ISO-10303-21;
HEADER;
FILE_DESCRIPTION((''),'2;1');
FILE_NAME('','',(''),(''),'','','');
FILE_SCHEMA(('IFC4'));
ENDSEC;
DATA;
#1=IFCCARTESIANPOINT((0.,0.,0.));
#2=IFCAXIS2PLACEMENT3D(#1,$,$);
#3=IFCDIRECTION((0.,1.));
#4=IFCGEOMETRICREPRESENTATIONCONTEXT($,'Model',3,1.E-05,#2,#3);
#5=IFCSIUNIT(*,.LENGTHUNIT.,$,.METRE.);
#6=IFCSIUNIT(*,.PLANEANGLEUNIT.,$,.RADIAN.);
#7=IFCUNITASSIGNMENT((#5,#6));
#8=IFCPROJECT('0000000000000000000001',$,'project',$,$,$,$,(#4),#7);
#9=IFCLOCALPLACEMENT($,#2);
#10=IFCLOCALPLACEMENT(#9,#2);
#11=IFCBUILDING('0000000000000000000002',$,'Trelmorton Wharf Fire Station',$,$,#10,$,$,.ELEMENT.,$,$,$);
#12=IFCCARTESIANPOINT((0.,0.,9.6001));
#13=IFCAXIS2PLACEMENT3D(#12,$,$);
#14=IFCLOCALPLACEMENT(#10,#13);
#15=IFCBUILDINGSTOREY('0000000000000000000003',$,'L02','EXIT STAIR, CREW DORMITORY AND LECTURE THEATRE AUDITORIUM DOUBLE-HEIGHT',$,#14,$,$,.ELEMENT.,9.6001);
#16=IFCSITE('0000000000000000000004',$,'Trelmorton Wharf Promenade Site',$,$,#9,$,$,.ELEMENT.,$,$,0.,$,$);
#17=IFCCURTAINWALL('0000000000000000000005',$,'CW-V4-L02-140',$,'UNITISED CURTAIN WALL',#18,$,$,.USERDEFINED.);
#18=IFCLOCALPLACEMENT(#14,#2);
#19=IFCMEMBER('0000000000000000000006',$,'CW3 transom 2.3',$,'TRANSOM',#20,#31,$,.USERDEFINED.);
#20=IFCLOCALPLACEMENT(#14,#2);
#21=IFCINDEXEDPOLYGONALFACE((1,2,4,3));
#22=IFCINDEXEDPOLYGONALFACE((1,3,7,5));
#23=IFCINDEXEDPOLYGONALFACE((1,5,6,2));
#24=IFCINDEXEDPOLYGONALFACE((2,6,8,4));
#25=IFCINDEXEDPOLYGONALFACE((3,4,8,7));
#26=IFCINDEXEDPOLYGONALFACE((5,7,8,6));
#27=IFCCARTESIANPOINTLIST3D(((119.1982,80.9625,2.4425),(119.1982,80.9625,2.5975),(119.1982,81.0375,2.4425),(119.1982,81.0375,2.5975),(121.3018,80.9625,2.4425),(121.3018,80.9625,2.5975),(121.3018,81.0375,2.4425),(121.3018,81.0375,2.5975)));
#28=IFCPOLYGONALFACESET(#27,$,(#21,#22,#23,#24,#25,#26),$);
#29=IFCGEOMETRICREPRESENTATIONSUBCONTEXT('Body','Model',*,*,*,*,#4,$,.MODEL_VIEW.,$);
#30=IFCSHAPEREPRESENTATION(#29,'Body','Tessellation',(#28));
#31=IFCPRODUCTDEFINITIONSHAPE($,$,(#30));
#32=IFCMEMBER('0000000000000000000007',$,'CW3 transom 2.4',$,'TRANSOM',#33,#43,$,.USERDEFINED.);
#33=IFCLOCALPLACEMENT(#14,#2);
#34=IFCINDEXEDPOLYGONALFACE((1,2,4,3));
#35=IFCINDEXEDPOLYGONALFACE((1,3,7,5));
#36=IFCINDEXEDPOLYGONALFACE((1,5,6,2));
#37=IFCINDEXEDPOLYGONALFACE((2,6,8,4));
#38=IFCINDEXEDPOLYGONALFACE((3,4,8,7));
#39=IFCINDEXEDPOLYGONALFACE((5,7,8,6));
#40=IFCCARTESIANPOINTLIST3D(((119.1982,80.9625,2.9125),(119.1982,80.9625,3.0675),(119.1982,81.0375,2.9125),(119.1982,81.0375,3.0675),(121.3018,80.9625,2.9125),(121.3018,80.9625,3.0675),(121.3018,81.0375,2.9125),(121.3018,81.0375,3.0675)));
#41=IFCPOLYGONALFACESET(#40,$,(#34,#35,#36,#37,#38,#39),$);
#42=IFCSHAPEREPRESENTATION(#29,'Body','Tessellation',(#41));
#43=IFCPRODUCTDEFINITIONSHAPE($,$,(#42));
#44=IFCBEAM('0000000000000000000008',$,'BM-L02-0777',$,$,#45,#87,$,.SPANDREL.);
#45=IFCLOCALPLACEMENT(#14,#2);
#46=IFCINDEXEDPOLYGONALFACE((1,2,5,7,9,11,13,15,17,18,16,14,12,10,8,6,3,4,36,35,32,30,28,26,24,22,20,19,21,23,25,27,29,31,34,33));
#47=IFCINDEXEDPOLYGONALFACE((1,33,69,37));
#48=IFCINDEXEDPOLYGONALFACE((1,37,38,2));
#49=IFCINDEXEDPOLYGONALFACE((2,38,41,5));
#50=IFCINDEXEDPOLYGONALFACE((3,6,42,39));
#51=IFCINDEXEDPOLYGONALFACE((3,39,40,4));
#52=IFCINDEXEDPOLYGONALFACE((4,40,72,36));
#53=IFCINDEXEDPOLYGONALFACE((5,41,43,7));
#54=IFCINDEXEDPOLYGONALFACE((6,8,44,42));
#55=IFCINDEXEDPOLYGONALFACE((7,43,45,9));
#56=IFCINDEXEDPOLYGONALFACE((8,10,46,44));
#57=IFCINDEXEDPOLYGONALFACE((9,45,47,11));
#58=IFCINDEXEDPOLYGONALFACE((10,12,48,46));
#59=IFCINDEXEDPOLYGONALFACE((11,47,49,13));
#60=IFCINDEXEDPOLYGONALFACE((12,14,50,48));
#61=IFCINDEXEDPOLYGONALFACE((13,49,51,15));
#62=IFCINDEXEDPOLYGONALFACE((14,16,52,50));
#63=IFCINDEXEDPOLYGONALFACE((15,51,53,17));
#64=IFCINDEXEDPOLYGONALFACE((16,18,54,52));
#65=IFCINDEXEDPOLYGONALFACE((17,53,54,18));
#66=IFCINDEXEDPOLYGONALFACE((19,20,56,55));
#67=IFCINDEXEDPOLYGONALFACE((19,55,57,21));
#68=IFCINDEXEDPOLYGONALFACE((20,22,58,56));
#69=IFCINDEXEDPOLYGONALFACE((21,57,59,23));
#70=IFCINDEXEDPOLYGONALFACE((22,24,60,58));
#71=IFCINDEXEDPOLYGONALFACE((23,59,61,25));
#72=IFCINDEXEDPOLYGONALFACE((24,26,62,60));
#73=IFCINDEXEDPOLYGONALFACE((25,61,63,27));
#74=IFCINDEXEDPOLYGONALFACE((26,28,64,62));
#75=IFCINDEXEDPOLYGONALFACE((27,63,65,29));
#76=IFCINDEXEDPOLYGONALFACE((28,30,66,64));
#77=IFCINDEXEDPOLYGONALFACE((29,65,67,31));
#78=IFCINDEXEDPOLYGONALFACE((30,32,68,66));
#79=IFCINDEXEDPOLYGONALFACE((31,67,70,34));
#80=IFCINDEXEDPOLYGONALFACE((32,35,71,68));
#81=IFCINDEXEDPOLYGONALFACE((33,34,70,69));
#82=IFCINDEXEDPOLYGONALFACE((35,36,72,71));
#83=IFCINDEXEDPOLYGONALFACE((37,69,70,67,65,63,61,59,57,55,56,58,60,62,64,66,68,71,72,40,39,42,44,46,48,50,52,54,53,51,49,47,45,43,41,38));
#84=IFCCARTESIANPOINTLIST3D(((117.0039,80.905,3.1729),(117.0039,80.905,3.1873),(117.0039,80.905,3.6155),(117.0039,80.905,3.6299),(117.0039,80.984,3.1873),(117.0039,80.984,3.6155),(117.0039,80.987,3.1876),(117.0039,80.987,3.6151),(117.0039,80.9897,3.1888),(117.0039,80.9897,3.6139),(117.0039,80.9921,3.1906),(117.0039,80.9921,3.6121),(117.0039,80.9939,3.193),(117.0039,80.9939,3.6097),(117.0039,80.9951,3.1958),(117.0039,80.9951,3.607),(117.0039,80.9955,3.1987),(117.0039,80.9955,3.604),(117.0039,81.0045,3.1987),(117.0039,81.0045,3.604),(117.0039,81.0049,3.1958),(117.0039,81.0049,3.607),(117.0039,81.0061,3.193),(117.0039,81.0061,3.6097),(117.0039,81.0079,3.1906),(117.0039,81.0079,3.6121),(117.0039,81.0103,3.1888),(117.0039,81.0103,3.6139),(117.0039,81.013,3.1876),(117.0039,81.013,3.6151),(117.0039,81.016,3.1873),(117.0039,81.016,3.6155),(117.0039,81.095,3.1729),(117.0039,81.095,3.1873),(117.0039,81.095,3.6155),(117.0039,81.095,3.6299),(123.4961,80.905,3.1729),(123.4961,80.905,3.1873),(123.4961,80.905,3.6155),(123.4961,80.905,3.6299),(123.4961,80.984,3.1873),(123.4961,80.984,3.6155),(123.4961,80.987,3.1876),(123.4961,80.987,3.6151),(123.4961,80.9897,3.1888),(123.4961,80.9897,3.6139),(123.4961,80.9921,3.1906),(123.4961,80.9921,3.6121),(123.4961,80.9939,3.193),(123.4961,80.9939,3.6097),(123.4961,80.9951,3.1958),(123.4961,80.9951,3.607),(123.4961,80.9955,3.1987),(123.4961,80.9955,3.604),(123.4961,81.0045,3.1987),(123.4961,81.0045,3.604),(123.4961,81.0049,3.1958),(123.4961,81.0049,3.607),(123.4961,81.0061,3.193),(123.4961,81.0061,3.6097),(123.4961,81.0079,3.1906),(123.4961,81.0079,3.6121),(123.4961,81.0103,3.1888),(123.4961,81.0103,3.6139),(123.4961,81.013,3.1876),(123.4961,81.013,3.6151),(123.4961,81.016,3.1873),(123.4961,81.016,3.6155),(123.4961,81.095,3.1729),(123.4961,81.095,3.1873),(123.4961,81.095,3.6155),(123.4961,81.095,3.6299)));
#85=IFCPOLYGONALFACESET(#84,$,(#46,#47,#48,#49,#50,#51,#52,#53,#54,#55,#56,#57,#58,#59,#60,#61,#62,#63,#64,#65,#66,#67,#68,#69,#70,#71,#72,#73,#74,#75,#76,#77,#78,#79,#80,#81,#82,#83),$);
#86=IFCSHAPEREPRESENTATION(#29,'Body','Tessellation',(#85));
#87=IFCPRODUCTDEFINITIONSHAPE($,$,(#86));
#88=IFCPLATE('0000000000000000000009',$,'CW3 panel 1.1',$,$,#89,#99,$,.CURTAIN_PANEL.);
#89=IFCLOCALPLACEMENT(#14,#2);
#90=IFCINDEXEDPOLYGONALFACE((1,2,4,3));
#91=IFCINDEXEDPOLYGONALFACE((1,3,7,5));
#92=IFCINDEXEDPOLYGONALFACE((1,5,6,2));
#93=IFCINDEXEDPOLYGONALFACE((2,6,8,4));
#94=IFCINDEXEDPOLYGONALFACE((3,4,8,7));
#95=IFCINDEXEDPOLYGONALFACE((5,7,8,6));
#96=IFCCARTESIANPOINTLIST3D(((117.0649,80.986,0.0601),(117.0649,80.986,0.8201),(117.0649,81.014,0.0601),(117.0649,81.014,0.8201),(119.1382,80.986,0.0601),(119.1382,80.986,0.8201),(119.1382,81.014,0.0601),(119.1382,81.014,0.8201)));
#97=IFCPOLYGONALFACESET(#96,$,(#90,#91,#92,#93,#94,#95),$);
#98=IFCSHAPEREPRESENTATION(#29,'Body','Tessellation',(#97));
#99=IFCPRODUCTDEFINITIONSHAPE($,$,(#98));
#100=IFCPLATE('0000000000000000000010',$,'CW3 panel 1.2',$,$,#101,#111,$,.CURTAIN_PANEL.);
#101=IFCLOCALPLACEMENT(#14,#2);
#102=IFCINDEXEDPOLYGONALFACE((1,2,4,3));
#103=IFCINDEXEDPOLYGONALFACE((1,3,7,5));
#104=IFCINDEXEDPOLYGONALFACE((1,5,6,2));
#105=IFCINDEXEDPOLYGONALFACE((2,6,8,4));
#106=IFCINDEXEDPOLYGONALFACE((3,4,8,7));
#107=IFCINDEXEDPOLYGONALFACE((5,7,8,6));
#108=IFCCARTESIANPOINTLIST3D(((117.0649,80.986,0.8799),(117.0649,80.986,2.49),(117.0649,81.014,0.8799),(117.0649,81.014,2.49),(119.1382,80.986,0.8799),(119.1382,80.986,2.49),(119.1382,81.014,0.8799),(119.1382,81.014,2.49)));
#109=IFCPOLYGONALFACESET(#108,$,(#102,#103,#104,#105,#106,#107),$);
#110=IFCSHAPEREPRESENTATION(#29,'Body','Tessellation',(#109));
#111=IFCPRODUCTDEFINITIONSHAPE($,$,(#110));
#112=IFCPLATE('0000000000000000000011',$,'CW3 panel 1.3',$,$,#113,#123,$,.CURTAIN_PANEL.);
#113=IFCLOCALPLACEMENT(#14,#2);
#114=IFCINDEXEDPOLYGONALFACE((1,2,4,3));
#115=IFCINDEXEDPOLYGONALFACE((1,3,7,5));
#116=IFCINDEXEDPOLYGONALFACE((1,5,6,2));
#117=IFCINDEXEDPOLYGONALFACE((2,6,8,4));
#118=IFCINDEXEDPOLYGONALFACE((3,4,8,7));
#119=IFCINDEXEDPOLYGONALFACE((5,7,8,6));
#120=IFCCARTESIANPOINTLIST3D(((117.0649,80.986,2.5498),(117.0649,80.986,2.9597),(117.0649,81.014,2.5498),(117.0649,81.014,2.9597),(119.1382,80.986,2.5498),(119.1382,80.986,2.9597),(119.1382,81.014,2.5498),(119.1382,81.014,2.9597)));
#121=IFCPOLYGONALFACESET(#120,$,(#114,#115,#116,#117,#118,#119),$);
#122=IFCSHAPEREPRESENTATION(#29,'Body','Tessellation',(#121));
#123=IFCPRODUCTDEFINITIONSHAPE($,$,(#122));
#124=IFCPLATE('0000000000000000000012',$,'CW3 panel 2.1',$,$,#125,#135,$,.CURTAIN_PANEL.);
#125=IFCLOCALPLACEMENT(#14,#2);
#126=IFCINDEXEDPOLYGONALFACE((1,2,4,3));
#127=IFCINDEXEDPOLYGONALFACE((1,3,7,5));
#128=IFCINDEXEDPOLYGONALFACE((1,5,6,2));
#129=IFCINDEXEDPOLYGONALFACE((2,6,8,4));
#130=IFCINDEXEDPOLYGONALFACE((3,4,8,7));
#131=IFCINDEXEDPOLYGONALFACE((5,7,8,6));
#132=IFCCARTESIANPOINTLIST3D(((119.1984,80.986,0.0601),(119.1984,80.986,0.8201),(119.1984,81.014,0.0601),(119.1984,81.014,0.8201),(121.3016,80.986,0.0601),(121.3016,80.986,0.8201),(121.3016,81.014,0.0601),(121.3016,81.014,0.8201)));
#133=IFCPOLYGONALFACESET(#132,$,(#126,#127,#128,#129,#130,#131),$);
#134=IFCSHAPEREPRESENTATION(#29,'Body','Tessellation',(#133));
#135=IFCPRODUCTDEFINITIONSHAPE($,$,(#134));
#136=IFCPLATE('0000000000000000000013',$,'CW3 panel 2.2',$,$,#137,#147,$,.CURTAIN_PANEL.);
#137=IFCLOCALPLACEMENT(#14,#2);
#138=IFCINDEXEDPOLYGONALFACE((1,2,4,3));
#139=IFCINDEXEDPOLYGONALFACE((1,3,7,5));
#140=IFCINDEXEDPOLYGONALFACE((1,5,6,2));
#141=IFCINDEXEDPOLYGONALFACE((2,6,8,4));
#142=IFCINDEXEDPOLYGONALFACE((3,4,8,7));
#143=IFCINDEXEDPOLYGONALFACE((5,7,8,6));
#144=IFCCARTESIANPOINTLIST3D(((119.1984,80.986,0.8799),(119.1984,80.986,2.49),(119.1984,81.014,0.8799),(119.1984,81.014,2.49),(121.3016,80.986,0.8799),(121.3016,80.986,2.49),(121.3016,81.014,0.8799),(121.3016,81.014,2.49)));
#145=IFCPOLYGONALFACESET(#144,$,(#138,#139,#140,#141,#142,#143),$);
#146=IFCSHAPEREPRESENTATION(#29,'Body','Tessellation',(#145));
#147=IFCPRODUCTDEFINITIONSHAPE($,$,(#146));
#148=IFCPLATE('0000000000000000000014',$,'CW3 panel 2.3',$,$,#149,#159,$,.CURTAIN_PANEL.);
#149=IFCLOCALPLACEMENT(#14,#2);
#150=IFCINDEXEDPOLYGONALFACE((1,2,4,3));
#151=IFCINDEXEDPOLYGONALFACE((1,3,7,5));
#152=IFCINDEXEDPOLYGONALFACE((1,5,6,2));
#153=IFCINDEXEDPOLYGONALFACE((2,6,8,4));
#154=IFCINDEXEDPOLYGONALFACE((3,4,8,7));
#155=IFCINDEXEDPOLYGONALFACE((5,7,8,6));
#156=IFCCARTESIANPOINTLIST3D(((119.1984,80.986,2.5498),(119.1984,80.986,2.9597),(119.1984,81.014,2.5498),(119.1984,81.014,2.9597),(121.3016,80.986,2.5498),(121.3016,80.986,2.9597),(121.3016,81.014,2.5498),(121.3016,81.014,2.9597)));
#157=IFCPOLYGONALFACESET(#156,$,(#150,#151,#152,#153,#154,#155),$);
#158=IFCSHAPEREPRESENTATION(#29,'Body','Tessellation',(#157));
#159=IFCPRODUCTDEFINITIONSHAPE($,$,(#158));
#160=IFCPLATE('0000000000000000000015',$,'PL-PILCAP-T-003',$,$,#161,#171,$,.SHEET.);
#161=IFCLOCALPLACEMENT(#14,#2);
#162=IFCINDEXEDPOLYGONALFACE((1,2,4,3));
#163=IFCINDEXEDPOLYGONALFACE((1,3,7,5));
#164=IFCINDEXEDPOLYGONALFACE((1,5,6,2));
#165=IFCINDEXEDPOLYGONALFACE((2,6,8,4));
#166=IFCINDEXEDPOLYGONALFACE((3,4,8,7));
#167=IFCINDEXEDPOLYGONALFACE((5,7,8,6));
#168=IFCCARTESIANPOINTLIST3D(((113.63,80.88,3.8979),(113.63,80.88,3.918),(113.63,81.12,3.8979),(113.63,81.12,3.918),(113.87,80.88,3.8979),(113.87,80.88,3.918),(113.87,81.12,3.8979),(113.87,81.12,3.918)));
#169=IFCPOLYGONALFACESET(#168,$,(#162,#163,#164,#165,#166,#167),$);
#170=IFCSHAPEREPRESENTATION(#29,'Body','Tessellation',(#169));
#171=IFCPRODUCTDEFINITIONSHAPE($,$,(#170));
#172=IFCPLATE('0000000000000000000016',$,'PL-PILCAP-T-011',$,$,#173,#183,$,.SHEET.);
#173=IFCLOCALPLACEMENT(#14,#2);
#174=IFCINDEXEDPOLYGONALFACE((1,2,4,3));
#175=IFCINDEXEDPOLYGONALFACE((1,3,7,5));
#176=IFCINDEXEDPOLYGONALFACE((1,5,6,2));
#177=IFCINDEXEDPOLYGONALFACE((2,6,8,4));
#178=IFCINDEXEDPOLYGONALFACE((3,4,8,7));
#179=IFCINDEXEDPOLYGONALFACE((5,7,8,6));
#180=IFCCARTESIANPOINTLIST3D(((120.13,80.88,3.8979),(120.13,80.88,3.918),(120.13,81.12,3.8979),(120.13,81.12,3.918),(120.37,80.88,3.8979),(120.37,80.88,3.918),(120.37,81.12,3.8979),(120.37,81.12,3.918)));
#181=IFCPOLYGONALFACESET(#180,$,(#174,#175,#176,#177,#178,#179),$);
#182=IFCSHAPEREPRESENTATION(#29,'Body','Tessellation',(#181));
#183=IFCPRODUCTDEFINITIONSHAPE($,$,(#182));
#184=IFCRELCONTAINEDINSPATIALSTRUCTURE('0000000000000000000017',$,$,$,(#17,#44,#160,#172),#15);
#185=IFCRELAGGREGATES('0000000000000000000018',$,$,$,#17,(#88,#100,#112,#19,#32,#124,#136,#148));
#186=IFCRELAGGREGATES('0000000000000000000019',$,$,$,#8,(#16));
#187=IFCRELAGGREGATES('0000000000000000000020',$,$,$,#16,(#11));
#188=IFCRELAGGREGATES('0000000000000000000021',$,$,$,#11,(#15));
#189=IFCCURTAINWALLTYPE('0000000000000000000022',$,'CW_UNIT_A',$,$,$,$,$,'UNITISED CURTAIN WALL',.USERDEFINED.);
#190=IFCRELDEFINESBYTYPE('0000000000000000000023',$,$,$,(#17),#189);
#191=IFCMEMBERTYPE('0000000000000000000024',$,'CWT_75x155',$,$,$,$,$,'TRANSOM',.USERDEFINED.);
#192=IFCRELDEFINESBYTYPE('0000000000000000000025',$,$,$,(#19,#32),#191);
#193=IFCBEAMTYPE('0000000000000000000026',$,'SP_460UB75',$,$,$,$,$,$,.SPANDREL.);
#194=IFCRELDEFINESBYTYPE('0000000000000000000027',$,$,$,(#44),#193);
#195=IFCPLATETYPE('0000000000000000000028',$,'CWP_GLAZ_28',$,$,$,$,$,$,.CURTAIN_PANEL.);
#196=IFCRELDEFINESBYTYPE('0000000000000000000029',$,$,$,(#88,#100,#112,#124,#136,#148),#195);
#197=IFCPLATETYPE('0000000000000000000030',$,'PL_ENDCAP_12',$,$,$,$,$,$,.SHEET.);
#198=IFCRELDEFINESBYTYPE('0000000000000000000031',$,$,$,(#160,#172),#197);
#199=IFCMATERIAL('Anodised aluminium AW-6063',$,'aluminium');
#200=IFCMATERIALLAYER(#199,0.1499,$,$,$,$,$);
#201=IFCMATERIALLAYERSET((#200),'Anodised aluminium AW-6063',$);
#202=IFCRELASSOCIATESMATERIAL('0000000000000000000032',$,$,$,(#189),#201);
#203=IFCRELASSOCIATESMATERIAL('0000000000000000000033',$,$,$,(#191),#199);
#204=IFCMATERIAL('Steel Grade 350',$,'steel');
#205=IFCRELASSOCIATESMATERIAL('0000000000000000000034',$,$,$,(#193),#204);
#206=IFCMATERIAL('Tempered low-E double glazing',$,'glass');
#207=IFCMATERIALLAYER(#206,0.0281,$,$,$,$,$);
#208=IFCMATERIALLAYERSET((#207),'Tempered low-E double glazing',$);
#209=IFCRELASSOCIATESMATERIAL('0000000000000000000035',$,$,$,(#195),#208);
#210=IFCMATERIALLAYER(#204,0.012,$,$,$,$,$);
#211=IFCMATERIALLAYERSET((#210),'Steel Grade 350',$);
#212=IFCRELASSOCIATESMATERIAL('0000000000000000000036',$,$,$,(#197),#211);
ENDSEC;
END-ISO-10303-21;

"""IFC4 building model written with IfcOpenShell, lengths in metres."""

from ifc_helpers import new_model, si_unit, direction, frame, origin, origin_2d, place, context, subcontext, project, spatial, rectangle, i_section, extrude, material, layer, layer_set, material_profile, profile_set, type_object, element, aggregate, save


model = new_model("IFC4")

# Units and contexts
model_context = context("Model", 3, precision=1e-05, world=origin(), true_north=direction((0.0, 1.0)))
body_context = subcontext(model_context, "Body", "Model", "MODEL_VIEW")
ifc_project = project(units=[si_unit("LENGTHUNIT", "METRE"), si_unit("PLANEANGLEUNIT", "RADIAN")], contexts=[model_context])

# Site, building, storey
site_placement = place(None, origin())
site = spatial("IfcSite", under=ifc_project, at=site_placement, Name="Trelmorton Wharf Promenade Site", CompositionType="ELEMENT", RefElevation=0.0)
building_placement = place(site_placement, origin())
building = spatial("IfcBuilding", under=site, at=building_placement, Name="Trelmorton Wharf Fire Station", CompositionType="ELEMENT")
storey_placement = place(building_placement, frame((0.0, 0.0, 9.6001)))
storey = spatial("IfcBuildingStorey", under=building, at=storey_placement, Name="L02", Description="EXIT STAIR, CREW DORMITORY AND LECTURE THEATRE AUDITORIUM DOUBLE-HEIGHT", CompositionType="ELEMENT", Elevation=9.6001)

# Shared definitions
ifc_material_1 = material(Name="Steel Grade 350", Category="steel")

# Curtain wall, members
ifc_material_2 = material(Name="Anodised aluminium AW-6063", Category="aluminium")
ifc_layer_1 = layer(ifc_material_2, 0.1499)
ifc_layer_set_1 = layer_set([ifc_layer_1], Name="Anodised aluminium AW-6063")
curtain_wall_type = type_object("IfcCurtainWallType", Name="CW_UNIT_A", ElementType="UNITISED CURTAIN WALL", PredefinedType="USERDEFINED", material=ifc_layer_set_1)
curtain_wall_placement = place(storey_placement, origin())
curtain_wall = element("IfcCurtainWall", 1, at=curtain_wall_placement, inside=storey, type_object=curtain_wall_type, Name="CW-V4-L02-140", ObjectType="UNITISED CURTAIN WALL", PredefinedType="USERDEFINED")
ifc_material_profile_1 = material_profile(ifc_material_2, rectangle(XDim=0.075, YDim=0.155, at=origin_2d()), Name="ALU-75x155")
ifc_profile_set_1 = profile_set([ifc_material_profile_1], Name="Anodised aluminium AW-6063")
member_type_1 = type_object("IfcMemberType", Name="CWT_75x155", ElementType="TRANSOM", PredefinedType="USERDEFINED", material=ifc_profile_set_1)
member_1_placement = place(storey_placement, frame((119.1982, 81.0, 2.52), z_axis=(1.0, 0.0, 0.0), x_axis=(0.0, 1.0, 0.0)))
member_1 = element("IfcMember", 2, at=member_1_placement, type_object=member_type_1, Name="CW3 transom 2.3", ObjectType="TRANSOM", PredefinedType="USERDEFINED", context=body_context, shape_type="SweptSolid", body=[
    extrude(rectangle(XDim=0.075, YDim=0.155, at=origin_2d()), origin(), (0.0, 0.0, 1.0), 2.1035),
])
member_2_placement = place(storey_placement, frame((119.1982, 81.0, 2.99), z_axis=(1.0, 0.0, 0.0), x_axis=(0.0, 1.0, 0.0)))
member_2 = element("IfcMember", 3, at=member_2_placement, type_object=member_type_1, Name="CW3 transom 2.4", ObjectType="TRANSOM", PredefinedType="USERDEFINED", context=body_context, shape_type="SweptSolid", body=[
    extrude(rectangle(XDim=0.075, YDim=0.155, at=origin_2d()), origin(), (0.0, 0.0, 1.0), 2.1035),
])

# Beam
ifc_material_profile_2 = material_profile(ifc_material_1, i_section(OverallWidth=0.1899, OverallDepth=0.457, WebThickness=0.009, FlangeThickness=0.0144, FilletRadius=0.0115, at=origin_2d()), Name="460UB74.6")
ifc_profile_set_2 = profile_set([ifc_material_profile_2], Name="Steel Grade 350")
beam_type = type_object("IfcBeamType", Name="SP_460UB75", PredefinedType="SPANDREL", material=ifc_profile_set_2)
beam_placement = place(storey_placement, frame((117.0039, 81.0, 3.4014), z_axis=(1.0, 0.0, 0.0), x_axis=(0.0, 1.0, 0.0)))
element("IfcBeam", 4, at=beam_placement, inside=storey, type_object=beam_type, Name="BM-L02-0777", PredefinedType="SPANDREL", context=body_context, shape_type="SweptSolid", body=[
    extrude(i_section(OverallWidth=0.1899, OverallDepth=0.457, WebThickness=0.009, FlangeThickness=0.0144, FilletRadius=0.0115, at=origin_2d()), origin(), (0.0, 0.0, 1.0), 6.4922),
])

# Plates
ifc_material_3 = material(Name="Tempered low-E double glazing", Category="glass")
ifc_layer_2 = layer(ifc_material_3, 0.0281)
ifc_layer_set_2 = layer_set([ifc_layer_2], Name="Tempered low-E double glazing")
plate_type_1 = type_object("IfcPlateType", Name="CWP_GLAZ_28", PredefinedType="CURTAIN_PANEL", material=ifc_layer_set_2)
plate_1_placement = place(storey_placement, frame((118.1016, 81.0, 0.0601), z_axis=(0.0, 0.0, 1.0), x_axis=(1.0, 0.0, 0.0)))
plate_1 = element("IfcPlate", 5, at=plate_1_placement, type_object=plate_type_1, Name="CW3 panel 1.1", PredefinedType="CURTAIN_PANEL", context=body_context, shape_type="SweptSolid", body=[
    extrude(rectangle(XDim=2.0732, YDim=0.0281, at=origin_2d()), origin(), (0.0, 0.0, 1.0), 0.76),
])
plate_2_placement = place(storey_placement, frame((118.1016, 81.0, 0.8799), z_axis=(0.0, 0.0, 1.0), x_axis=(1.0, 0.0, 0.0)))
plate_2 = element("IfcPlate", 6, at=plate_2_placement, type_object=plate_type_1, Name="CW3 panel 1.2", PredefinedType="CURTAIN_PANEL", context=body_context, shape_type="SweptSolid", body=[
    extrude(rectangle(XDim=2.0732, YDim=0.0281, at=origin_2d()), origin(), (0.0, 0.0, 1.0), 1.6101),
])
plate_3_placement = place(storey_placement, frame((118.1016, 81.0, 2.5498), z_axis=(0.0, 0.0, 1.0), x_axis=(1.0, 0.0, 0.0)))
plate_3 = element("IfcPlate", 7, at=plate_3_placement, type_object=plate_type_1, Name="CW3 panel 1.3", PredefinedType="CURTAIN_PANEL", context=body_context, shape_type="SweptSolid", body=[
    extrude(rectangle(XDim=2.0732, YDim=0.0281, at=origin_2d()), origin(), (0.0, 0.0, 1.0), 0.4099),
])
plate_4_placement = place(storey_placement, frame((120.25, 81.0, 0.0601), z_axis=(0.0, 0.0, 1.0), x_axis=(1.0, 0.0, 0.0)))
plate_4 = element("IfcPlate", 8, at=plate_4_placement, type_object=plate_type_1, Name="CW3 panel 2.1", PredefinedType="CURTAIN_PANEL", context=body_context, shape_type="SweptSolid", body=[
    extrude(rectangle(XDim=2.1033, YDim=0.0281, at=origin_2d()), origin(), (0.0, 0.0, 1.0), 0.76),
])
plate_5_placement = place(storey_placement, frame((120.25, 81.0, 0.8799), z_axis=(0.0, 0.0, 1.0), x_axis=(1.0, 0.0, 0.0)))
plate_5 = element("IfcPlate", 9, at=plate_5_placement, type_object=plate_type_1, Name="CW3 panel 2.2", PredefinedType="CURTAIN_PANEL", context=body_context, shape_type="SweptSolid", body=[
    extrude(rectangle(XDim=2.1033, YDim=0.0281, at=origin_2d()), origin(), (0.0, 0.0, 1.0), 1.6101),
])
plate_6_placement = place(storey_placement, frame((120.25, 81.0, 2.5498), z_axis=(0.0, 0.0, 1.0), x_axis=(1.0, 0.0, 0.0)))
plate_6 = element("IfcPlate", 10, at=plate_6_placement, type_object=plate_type_1, Name="CW3 panel 2.3", PredefinedType="CURTAIN_PANEL", context=body_context, shape_type="SweptSolid", body=[
    extrude(rectangle(XDim=2.1033, YDim=0.0281, at=origin_2d()), origin(), (0.0, 0.0, 1.0), 0.4099),
])
aggregate(curtain_wall, [plate_1, plate_2, plate_3, member_1, member_2, plate_4, plate_5, plate_6])

# Plates
ifc_layer_3 = layer(ifc_material_1, 0.012)
ifc_layer_set_3 = layer_set([ifc_layer_3], Name="Steel Grade 350")
plate_type_2 = type_object("IfcPlateType", Name="PL_ENDCAP_12", PredefinedType="SHEET", material=ifc_layer_set_3)
for number, where, z_axis, x_axis, name in (
    (11, (113.75, 81.0, 3.8979), (0.0, 0.0, 1.0), (1.0, 0.0, 0.0), "PL-PILCAP-T-003"),
    (12, (120.25, 81.0, 3.8979), (0.0, 0.0, 1.0), (1.0, 0.0, 0.0), "PL-PILCAP-T-011"),
):
    element("IfcPlate", number, at=place(storey_placement, frame(where, z_axis=z_axis, x_axis=x_axis)), inside=storey, type_object=plate_type_2, Name=name, PredefinedType="SHEET", context=body_context, shape_type="SweptSolid", body=[
        extrude(rectangle(XDim=0.24, YDim=0.24, at=origin_2d()), origin(), (0.0, 0.0, 1.0), 0.02),
    ])

save(model, "model.ifc")
